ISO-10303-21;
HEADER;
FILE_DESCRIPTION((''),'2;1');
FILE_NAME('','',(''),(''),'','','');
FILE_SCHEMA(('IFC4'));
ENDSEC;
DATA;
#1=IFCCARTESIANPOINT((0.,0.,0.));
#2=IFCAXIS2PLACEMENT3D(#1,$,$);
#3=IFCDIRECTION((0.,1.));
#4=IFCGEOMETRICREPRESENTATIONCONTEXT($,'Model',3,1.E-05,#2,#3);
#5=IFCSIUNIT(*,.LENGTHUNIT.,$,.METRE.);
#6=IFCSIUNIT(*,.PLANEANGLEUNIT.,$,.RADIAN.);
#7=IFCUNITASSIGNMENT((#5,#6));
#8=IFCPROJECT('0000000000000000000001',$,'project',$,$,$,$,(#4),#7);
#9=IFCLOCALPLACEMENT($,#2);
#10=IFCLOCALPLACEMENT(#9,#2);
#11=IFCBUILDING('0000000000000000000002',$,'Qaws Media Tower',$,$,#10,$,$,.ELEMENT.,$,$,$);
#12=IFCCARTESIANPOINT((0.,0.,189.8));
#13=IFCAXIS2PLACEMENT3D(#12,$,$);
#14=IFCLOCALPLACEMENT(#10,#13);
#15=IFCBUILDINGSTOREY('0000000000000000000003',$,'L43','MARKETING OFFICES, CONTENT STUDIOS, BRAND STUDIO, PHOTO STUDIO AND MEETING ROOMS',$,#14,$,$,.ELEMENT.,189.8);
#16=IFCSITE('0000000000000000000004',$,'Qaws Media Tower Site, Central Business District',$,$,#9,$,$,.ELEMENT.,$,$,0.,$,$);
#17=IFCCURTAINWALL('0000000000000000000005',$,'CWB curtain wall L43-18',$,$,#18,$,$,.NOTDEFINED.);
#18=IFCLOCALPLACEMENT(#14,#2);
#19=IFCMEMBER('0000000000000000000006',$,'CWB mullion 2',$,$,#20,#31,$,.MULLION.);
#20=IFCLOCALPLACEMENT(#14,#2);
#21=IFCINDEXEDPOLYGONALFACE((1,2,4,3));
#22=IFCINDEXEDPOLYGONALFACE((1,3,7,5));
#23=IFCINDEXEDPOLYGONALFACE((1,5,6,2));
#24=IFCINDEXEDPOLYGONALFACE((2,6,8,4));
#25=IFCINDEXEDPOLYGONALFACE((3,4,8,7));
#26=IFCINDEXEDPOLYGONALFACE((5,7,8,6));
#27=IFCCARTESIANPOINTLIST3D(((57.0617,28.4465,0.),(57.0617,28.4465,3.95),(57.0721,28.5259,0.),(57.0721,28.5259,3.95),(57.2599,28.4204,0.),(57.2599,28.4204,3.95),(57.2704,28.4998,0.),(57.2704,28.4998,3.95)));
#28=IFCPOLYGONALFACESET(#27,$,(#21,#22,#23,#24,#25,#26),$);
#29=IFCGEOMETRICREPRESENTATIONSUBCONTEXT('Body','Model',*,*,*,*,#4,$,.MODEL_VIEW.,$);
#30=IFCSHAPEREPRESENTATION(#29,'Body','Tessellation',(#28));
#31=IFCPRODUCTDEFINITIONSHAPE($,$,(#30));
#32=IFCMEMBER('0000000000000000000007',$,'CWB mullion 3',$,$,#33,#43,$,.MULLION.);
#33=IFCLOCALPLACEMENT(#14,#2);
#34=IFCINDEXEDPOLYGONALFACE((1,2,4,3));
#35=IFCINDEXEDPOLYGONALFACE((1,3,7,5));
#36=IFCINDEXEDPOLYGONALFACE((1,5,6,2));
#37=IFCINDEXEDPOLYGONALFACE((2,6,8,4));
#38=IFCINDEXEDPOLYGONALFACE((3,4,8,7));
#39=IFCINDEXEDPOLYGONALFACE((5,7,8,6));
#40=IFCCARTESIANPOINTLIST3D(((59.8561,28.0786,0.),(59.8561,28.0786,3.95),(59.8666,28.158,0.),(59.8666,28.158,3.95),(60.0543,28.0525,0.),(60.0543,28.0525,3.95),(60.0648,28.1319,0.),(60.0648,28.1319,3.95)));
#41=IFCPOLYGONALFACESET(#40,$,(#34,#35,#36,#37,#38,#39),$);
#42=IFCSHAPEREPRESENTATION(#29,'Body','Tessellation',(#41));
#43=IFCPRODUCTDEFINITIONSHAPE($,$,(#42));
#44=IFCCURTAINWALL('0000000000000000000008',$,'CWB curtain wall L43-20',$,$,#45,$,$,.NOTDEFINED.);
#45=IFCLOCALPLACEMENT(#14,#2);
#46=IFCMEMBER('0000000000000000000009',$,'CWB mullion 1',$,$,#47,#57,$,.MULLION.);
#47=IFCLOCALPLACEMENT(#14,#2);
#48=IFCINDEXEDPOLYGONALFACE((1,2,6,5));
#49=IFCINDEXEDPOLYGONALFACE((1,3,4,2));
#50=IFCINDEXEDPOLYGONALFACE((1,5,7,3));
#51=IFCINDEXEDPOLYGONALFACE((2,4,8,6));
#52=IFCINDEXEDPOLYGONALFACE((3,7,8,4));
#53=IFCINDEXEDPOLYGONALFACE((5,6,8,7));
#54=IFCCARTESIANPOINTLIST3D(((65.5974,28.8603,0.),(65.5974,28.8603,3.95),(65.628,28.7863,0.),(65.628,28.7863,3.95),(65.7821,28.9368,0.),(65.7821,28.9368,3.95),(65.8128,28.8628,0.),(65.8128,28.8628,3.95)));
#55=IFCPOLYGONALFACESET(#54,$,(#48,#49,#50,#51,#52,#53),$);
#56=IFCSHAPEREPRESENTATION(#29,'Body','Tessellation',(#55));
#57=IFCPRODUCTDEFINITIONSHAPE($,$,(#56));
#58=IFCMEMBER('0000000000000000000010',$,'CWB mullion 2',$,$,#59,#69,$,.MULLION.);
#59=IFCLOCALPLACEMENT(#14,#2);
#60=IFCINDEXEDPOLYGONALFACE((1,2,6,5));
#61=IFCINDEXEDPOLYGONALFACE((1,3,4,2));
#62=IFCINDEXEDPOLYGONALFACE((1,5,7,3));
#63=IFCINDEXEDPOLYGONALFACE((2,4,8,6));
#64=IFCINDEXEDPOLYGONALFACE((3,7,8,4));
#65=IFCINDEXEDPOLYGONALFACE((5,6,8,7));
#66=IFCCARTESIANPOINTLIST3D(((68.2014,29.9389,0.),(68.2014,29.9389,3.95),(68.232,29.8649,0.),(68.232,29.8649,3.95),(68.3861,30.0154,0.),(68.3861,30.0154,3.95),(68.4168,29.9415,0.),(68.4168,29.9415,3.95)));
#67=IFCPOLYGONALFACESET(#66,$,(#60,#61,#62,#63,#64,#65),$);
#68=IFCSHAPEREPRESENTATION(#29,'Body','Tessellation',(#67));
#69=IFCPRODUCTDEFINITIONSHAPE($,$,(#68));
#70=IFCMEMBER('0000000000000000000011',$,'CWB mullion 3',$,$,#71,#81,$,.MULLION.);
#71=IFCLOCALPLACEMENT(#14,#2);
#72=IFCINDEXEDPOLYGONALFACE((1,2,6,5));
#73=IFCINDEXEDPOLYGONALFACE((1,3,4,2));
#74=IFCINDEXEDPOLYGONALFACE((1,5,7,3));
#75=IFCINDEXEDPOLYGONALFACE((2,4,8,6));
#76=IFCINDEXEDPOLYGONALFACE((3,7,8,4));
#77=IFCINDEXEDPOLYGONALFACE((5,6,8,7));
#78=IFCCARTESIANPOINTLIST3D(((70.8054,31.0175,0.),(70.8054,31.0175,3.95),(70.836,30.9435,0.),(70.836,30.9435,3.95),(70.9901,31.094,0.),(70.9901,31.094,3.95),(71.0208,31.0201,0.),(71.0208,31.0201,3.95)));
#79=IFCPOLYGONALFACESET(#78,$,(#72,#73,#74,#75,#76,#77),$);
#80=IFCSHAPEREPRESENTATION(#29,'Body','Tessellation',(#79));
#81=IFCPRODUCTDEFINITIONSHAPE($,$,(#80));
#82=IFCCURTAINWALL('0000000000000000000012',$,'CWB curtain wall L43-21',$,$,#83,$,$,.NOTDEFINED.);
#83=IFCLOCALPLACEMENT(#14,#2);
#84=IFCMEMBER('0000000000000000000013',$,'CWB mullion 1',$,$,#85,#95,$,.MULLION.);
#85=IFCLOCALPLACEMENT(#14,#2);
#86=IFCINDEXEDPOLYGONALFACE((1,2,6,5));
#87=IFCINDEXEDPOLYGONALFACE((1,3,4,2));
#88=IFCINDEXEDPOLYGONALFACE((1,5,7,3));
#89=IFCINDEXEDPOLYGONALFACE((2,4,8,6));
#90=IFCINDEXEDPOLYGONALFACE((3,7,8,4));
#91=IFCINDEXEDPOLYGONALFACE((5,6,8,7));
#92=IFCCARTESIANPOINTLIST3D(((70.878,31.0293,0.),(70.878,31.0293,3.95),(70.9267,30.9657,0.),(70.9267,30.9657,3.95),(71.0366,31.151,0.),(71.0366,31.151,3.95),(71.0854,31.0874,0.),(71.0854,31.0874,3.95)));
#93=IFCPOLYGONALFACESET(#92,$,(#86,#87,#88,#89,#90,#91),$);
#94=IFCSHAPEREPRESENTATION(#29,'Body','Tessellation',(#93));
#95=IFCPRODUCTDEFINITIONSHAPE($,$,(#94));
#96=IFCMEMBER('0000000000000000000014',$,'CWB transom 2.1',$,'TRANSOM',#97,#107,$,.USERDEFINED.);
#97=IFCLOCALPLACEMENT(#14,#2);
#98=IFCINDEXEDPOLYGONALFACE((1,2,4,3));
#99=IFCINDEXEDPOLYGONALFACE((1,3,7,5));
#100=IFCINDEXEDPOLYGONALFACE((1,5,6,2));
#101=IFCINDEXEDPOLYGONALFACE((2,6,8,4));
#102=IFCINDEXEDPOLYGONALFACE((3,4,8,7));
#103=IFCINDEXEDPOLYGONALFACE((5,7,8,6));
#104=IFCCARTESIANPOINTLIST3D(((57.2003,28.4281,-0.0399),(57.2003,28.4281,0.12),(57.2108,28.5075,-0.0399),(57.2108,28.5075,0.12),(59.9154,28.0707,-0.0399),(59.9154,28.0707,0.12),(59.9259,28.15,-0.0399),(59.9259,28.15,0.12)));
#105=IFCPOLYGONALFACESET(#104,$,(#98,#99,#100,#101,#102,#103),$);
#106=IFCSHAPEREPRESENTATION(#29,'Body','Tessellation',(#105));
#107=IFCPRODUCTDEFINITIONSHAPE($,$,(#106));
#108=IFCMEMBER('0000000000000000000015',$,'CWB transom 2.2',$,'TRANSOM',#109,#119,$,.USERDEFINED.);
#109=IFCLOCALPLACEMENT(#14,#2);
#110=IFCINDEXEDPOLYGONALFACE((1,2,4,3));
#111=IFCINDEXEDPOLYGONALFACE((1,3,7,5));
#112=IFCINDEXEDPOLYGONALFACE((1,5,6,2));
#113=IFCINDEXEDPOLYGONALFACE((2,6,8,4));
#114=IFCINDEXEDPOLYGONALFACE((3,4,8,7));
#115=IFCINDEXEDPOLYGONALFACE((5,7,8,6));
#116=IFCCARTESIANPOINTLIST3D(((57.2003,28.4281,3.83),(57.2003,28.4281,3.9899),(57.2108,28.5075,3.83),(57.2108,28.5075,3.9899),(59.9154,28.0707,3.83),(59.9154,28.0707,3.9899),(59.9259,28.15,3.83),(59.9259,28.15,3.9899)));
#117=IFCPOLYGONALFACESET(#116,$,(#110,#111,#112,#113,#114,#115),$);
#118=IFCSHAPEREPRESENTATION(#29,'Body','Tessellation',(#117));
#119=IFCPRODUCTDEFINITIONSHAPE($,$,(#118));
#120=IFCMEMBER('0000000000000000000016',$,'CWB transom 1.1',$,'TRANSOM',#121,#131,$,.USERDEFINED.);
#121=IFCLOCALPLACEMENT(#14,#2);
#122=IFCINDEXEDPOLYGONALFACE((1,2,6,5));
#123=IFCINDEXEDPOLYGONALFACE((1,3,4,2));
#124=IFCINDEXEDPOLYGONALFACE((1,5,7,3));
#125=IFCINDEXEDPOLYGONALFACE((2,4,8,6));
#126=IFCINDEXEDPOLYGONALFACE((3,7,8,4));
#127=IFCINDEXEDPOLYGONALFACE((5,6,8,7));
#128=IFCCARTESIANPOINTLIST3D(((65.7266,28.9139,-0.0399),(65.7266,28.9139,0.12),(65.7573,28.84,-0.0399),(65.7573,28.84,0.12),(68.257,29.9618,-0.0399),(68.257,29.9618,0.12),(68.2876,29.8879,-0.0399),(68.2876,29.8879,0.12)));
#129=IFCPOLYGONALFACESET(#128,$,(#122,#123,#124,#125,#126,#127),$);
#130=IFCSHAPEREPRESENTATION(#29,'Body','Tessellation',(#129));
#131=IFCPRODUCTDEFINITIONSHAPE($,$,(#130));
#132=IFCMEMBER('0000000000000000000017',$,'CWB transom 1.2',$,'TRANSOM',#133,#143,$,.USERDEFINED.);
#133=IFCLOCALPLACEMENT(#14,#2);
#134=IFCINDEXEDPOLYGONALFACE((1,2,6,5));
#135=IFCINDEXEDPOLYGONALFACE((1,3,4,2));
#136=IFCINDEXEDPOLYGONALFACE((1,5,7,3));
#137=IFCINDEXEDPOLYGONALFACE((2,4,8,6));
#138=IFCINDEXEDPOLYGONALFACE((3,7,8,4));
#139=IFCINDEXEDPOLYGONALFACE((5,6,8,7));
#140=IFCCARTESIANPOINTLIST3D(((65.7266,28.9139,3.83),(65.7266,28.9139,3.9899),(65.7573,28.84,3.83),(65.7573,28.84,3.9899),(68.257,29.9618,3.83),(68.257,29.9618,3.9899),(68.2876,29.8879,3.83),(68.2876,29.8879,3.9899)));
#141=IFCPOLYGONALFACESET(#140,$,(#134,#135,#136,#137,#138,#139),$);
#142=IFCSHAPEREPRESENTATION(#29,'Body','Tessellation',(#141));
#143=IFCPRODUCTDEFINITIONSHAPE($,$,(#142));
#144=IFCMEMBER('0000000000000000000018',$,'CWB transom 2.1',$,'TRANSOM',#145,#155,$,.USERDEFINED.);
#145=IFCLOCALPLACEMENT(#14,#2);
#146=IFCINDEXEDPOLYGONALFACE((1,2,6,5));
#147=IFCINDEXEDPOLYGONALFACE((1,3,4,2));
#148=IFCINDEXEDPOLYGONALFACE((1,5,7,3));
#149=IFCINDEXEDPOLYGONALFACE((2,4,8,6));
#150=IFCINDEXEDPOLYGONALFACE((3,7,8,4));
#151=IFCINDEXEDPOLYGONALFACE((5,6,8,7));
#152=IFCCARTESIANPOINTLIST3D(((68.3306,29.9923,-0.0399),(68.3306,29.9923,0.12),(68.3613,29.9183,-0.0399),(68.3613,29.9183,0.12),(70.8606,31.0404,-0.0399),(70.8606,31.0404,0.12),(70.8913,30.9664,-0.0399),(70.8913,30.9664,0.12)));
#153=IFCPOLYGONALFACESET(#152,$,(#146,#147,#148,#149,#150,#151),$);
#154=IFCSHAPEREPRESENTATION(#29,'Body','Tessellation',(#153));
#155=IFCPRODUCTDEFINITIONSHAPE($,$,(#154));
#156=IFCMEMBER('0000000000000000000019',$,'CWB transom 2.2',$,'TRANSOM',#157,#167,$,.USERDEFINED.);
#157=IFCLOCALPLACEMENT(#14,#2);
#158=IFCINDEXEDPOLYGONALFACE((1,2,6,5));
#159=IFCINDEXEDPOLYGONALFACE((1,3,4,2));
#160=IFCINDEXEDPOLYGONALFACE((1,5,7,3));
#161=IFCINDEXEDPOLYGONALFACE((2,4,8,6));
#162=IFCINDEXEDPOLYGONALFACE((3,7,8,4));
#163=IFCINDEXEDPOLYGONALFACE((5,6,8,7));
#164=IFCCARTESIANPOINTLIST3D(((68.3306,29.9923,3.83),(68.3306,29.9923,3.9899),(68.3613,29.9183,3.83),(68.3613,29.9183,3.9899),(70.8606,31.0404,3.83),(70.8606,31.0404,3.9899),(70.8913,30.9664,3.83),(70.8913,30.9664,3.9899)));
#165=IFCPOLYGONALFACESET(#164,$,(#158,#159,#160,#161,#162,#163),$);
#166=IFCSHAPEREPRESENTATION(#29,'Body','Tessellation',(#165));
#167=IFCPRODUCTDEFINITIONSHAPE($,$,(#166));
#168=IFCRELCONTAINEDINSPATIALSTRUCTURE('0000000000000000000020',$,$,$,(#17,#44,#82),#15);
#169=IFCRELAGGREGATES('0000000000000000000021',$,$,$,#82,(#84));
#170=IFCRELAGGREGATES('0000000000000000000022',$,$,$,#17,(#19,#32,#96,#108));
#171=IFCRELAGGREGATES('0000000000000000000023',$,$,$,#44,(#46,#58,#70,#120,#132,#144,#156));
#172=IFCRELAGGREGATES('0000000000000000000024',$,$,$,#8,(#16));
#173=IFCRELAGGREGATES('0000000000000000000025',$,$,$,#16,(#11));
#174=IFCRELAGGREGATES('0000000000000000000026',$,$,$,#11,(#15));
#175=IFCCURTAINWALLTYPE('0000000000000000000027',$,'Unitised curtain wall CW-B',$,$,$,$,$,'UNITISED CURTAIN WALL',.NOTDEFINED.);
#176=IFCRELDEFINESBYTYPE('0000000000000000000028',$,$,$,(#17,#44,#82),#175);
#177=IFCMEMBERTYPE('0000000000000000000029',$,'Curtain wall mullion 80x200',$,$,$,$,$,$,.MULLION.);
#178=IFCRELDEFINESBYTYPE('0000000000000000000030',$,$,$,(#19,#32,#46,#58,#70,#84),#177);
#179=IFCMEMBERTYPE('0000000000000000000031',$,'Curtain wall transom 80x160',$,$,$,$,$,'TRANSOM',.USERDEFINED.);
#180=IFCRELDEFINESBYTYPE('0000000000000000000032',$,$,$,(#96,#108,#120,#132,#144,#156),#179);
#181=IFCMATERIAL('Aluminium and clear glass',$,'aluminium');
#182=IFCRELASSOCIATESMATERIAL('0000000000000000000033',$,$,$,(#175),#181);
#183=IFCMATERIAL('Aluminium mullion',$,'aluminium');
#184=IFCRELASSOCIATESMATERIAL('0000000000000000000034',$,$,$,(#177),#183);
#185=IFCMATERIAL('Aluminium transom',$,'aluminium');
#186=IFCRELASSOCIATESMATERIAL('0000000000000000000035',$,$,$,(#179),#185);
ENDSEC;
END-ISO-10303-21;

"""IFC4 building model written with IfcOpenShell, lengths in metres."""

from ifc_helpers import new_model, si_unit, direction, frame, origin, origin_2d, place, context, subcontext, project, spatial, rectangle, extrude, material, material_profile, profile_set, type_object, element, aggregate, save


model = new_model("IFC4")

# Units and contexts
model_context = context("Model", 3, precision=1e-05, world=origin(), true_north=direction((0.0, 1.0)))
body_context = subcontext(model_context, "Body", "Model", "MODEL_VIEW")
ifc_project = project(units=[si_unit("LENGTHUNIT", "METRE"), si_unit("PLANEANGLEUNIT", "RADIAN")], contexts=[model_context])

# Site, building, storey
site_placement = place(None, origin())
site = spatial("IfcSite", under=ifc_project, at=site_placement, Name="Qaws Media Tower Site, Central Business District", CompositionType="ELEMENT", RefElevation=0.0)
building_placement = place(site_placement, origin())
building = spatial("IfcBuilding", under=site, at=building_placement, Name="Qaws Media Tower", CompositionType="ELEMENT")
storey_placement = place(building_placement, frame((0.0, 0.0, 189.8)))
storey = spatial("IfcBuildingStorey", under=building, at=storey_placement, Name="L43", Description="MARKETING OFFICES, CONTENT STUDIOS, BRAND STUDIO, PHOTO STUDIO AND MEETING ROOMS", CompositionType="ELEMENT", Elevation=189.8)

# Curtain walls, members
ifc_material_1 = material(Name="Aluminium and clear glass", Category="aluminium")
curtain_wall_type = type_object("IfcCurtainWallType", Name="Unitised curtain wall CW-B", ElementType="UNITISED CURTAIN WALL", PredefinedType="NOTDEFINED", material=ifc_material_1)
curtain_wall_1_placement = place(storey_placement, origin())
curtain_wall_1 = element("IfcCurtainWall", 1, at=curtain_wall_1_placement, inside=storey, type_object=curtain_wall_type, Name="CWB curtain wall L43-18", PredefinedType="NOTDEFINED")
ifc_material_2 = material(Name="Aluminium mullion", Category="aluminium")
ifc_material_profile_1 = material_profile(ifc_material_2, rectangle(XDim=0.0801, YDim=0.2, at=origin_2d()), Name="80x200")
ifc_profile_set_1 = profile_set([ifc_material_profile_1], Name="Aluminium mullion")
member_type_1 = type_object("IfcMemberType", Name="Curtain wall mullion 80x200", PredefinedType="MULLION", material=ifc_profile_set_1)
member_1_placement = place(storey_placement, frame((57.166, 28.4731, 0.0), z_axis=(0.0, 0.0, 1.0), x_axis=(0.130526, 0.991445, 0.0)))
member_1 = element("IfcMember", 2, at=member_1_placement, type_object=member_type_1, Name="CWB mullion 2", PredefinedType="MULLION", context=body_context, shape_type="SweptSolid", body=[
    extrude(rectangle(XDim=0.0801, YDim=0.2, at=origin_2d()), origin(), (0.0, 0.0, 1.0), 3.95),
])
member_2_placement = place(storey_placement, frame((59.9604, 28.1052, 0.0), z_axis=(0.0, 0.0, 1.0), x_axis=(0.130526, 0.991445, 0.0)))
member_2 = element("IfcMember", 3, at=member_2_placement, type_object=member_type_1, Name="CWB mullion 3", PredefinedType="MULLION", context=body_context, shape_type="SweptSolid", body=[
    extrude(rectangle(XDim=0.0801, YDim=0.2, at=origin_2d()), origin(), (0.0, 0.0, 1.0), 3.95),
])
curtain_wall_2_placement = place(storey_placement, origin())
curtain_wall_2 = element("IfcCurtainWall", 4, at=curtain_wall_2_placement, inside=storey, type_object=curtain_wall_type, Name="CWB curtain wall L43-20", PredefinedType="NOTDEFINED")
member_3_placement = place(storey_placement, frame((65.7051, 28.8616, 0.0), z_axis=(0.0, 0.0, 1.0), x_axis=(-0.382684, 0.923879, 0.0)))
member_3 = element("IfcMember", 5, at=member_3_placement, type_object=member_type_1, Name="CWB mullion 1", PredefinedType="MULLION", context=body_context, shape_type="SweptSolid", body=[
    extrude(rectangle(XDim=0.0801, YDim=0.2, at=origin_2d()), origin(), (0.0, 0.0, 1.0), 3.95),
])
member_4_placement = place(storey_placement, frame((68.3091, 29.9402, 0.0), z_axis=(0.0, 0.0, 1.0), x_axis=(-0.382684, 0.923879, 0.0)))
member_4 = element("IfcMember", 6, at=member_4_placement, type_object=member_type_1, Name="CWB mullion 2", PredefinedType="MULLION", context=body_context, shape_type="SweptSolid", body=[
    extrude(rectangle(XDim=0.0801, YDim=0.2, at=origin_2d()), origin(), (0.0, 0.0, 1.0), 3.95),
])
member_5_placement = place(storey_placement, frame((70.9131, 31.0188, 0.0), z_axis=(0.0, 0.0, 1.0), x_axis=(-0.382684, 0.923879, 0.0)))
member_5 = element("IfcMember", 7, at=member_5_placement, type_object=member_type_1, Name="CWB mullion 3", PredefinedType="MULLION", context=body_context, shape_type="SweptSolid", body=[
    extrude(rectangle(XDim=0.0801, YDim=0.2, at=origin_2d()), origin(), (0.0, 0.0, 1.0), 3.95),
])

# Curtain wall, member
curtain_wall_3_placement = place(storey_placement, origin())
curtain_wall_3 = element("IfcCurtainWall", 8, at=curtain_wall_3_placement, inside=storey, type_object=curtain_wall_type, Name="CWB curtain wall L43-21", PredefinedType="NOTDEFINED")
member_6_placement = place(storey_placement, frame((70.9817, 31.0583, 0.0), z_axis=(0.0, 0.0, 1.0), x_axis=(-0.608761, 0.793353, 0.0)))
member_6 = element("IfcMember", 9, at=member_6_placement, type_object=member_type_1, Name="CWB mullion 1", PredefinedType="MULLION", context=body_context, shape_type="SweptSolid", body=[
    extrude(rectangle(XDim=0.0801, YDim=0.2, at=origin_2d()), origin(), (0.0, 0.0, 1.0), 3.95),
])
aggregate(curtain_wall_3, [member_6])

# Members
ifc_material_3 = material(Name="Aluminium transom", Category="aluminium")
ifc_material_profile_2 = material_profile(ifc_material_3, rectangle(XDim=0.0801, YDim=0.1599, at=origin_2d()), Name="80x160")
ifc_profile_set_2 = profile_set([ifc_material_profile_2], Name="Aluminium transom")
member_type_2 = type_object("IfcMemberType", Name="Curtain wall transom 80x160", ElementType="TRANSOM", PredefinedType="USERDEFINED", material=ifc_profile_set_2)
member_7_placement = place(storey_placement, frame((57.2056, 28.4678, 0.04), z_axis=(0.991446, -0.130517, 0.0), x_axis=(0.130517, 0.991446, 0.0)))
member_7 = element("IfcMember", 10, at=member_7_placement, type_object=member_type_2, Name="CWB transom 2.1", ObjectType="TRANSOM", PredefinedType="USERDEFINED", context=body_context, shape_type="SweptSolid", body=[
    extrude(rectangle(XDim=0.0801, YDim=0.1599, at=origin_2d()), origin(), (0.0, 0.0, 1.0), 2.7385),
])
member_8_placement = place(storey_placement, frame((57.2056, 28.4678, 3.9099), z_axis=(0.991446, -0.130517, 0.0), x_axis=(0.130517, 0.991446, 0.0)))
member_8 = element("IfcMember", 11, at=member_8_placement, type_object=member_type_2, Name="CWB transom 2.2", ObjectType="TRANSOM", PredefinedType="USERDEFINED", context=body_context, shape_type="SweptSolid", body=[
    extrude(rectangle(XDim=0.0801, YDim=0.1599, at=origin_2d()), origin(), (0.0, 0.0, 1.0), 2.7385),
])
member_9_placement = place(storey_placement, frame((65.7419, 28.877, 0.04), z_axis=(0.923908, 0.382614, 0.0), x_axis=(-0.382614, 0.923908, 0.0)))
member_9 = element("IfcMember", 12, at=member_9_placement, type_object=member_type_2, Name="CWB transom 1.1", ObjectType="TRANSOM", PredefinedType="USERDEFINED", context=body_context, shape_type="SweptSolid", body=[
    extrude(rectangle(XDim=0.0801, YDim=0.1599, at=origin_2d()), origin(), (0.0, 0.0, 1.0), 2.7388),
])
member_10_placement = place(storey_placement, frame((65.7419, 28.877, 3.9099), z_axis=(0.923908, 0.382614, 0.0), x_axis=(-0.382614, 0.923908, 0.0)))
member_10 = element("IfcMember", 13, at=member_10_placement, type_object=member_type_2, Name="CWB transom 1.2", ObjectType="TRANSOM", PredefinedType="USERDEFINED", context=body_context, shape_type="SweptSolid", body=[
    extrude(rectangle(XDim=0.0801, YDim=0.1599, at=origin_2d()), origin(), (0.0, 0.0, 1.0), 2.7388),
])
member_11_placement = place(storey_placement, frame((68.3459, 29.9553, 0.04), z_axis=(0.923864, 0.382722, 0.0), x_axis=(-0.382722, 0.923864, 0.0)))
member_11 = element("IfcMember", 14, at=member_11_placement, type_object=member_type_2, Name="CWB transom 2.1", ObjectType="TRANSOM", PredefinedType="USERDEFINED", context=body_context, shape_type="SweptSolid", body=[
    extrude(rectangle(XDim=0.0801, YDim=0.1599, at=origin_2d()), origin(), (0.0, 0.0, 1.0), 2.7385),
])
member_12_placement = place(storey_placement, frame((68.3459, 29.9553, 3.9099), z_axis=(0.923864, 0.382722, 0.0), x_axis=(-0.382722, 0.923864, 0.0)))
member_12 = element("IfcMember", 15, at=member_12_placement, type_object=member_type_2, Name="CWB transom 2.2", ObjectType="TRANSOM", PredefinedType="USERDEFINED", context=body_context, shape_type="SweptSolid", body=[
    extrude(rectangle(XDim=0.0801, YDim=0.1599, at=origin_2d()), origin(), (0.0, 0.0, 1.0), 2.7385),
])

aggregate(curtain_wall_1, [member_1, member_2, member_7, member_8])
aggregate(curtain_wall_2, [member_3, member_4, member_5, member_9, member_10, member_11, member_12])

save(model, "model.ifc")
